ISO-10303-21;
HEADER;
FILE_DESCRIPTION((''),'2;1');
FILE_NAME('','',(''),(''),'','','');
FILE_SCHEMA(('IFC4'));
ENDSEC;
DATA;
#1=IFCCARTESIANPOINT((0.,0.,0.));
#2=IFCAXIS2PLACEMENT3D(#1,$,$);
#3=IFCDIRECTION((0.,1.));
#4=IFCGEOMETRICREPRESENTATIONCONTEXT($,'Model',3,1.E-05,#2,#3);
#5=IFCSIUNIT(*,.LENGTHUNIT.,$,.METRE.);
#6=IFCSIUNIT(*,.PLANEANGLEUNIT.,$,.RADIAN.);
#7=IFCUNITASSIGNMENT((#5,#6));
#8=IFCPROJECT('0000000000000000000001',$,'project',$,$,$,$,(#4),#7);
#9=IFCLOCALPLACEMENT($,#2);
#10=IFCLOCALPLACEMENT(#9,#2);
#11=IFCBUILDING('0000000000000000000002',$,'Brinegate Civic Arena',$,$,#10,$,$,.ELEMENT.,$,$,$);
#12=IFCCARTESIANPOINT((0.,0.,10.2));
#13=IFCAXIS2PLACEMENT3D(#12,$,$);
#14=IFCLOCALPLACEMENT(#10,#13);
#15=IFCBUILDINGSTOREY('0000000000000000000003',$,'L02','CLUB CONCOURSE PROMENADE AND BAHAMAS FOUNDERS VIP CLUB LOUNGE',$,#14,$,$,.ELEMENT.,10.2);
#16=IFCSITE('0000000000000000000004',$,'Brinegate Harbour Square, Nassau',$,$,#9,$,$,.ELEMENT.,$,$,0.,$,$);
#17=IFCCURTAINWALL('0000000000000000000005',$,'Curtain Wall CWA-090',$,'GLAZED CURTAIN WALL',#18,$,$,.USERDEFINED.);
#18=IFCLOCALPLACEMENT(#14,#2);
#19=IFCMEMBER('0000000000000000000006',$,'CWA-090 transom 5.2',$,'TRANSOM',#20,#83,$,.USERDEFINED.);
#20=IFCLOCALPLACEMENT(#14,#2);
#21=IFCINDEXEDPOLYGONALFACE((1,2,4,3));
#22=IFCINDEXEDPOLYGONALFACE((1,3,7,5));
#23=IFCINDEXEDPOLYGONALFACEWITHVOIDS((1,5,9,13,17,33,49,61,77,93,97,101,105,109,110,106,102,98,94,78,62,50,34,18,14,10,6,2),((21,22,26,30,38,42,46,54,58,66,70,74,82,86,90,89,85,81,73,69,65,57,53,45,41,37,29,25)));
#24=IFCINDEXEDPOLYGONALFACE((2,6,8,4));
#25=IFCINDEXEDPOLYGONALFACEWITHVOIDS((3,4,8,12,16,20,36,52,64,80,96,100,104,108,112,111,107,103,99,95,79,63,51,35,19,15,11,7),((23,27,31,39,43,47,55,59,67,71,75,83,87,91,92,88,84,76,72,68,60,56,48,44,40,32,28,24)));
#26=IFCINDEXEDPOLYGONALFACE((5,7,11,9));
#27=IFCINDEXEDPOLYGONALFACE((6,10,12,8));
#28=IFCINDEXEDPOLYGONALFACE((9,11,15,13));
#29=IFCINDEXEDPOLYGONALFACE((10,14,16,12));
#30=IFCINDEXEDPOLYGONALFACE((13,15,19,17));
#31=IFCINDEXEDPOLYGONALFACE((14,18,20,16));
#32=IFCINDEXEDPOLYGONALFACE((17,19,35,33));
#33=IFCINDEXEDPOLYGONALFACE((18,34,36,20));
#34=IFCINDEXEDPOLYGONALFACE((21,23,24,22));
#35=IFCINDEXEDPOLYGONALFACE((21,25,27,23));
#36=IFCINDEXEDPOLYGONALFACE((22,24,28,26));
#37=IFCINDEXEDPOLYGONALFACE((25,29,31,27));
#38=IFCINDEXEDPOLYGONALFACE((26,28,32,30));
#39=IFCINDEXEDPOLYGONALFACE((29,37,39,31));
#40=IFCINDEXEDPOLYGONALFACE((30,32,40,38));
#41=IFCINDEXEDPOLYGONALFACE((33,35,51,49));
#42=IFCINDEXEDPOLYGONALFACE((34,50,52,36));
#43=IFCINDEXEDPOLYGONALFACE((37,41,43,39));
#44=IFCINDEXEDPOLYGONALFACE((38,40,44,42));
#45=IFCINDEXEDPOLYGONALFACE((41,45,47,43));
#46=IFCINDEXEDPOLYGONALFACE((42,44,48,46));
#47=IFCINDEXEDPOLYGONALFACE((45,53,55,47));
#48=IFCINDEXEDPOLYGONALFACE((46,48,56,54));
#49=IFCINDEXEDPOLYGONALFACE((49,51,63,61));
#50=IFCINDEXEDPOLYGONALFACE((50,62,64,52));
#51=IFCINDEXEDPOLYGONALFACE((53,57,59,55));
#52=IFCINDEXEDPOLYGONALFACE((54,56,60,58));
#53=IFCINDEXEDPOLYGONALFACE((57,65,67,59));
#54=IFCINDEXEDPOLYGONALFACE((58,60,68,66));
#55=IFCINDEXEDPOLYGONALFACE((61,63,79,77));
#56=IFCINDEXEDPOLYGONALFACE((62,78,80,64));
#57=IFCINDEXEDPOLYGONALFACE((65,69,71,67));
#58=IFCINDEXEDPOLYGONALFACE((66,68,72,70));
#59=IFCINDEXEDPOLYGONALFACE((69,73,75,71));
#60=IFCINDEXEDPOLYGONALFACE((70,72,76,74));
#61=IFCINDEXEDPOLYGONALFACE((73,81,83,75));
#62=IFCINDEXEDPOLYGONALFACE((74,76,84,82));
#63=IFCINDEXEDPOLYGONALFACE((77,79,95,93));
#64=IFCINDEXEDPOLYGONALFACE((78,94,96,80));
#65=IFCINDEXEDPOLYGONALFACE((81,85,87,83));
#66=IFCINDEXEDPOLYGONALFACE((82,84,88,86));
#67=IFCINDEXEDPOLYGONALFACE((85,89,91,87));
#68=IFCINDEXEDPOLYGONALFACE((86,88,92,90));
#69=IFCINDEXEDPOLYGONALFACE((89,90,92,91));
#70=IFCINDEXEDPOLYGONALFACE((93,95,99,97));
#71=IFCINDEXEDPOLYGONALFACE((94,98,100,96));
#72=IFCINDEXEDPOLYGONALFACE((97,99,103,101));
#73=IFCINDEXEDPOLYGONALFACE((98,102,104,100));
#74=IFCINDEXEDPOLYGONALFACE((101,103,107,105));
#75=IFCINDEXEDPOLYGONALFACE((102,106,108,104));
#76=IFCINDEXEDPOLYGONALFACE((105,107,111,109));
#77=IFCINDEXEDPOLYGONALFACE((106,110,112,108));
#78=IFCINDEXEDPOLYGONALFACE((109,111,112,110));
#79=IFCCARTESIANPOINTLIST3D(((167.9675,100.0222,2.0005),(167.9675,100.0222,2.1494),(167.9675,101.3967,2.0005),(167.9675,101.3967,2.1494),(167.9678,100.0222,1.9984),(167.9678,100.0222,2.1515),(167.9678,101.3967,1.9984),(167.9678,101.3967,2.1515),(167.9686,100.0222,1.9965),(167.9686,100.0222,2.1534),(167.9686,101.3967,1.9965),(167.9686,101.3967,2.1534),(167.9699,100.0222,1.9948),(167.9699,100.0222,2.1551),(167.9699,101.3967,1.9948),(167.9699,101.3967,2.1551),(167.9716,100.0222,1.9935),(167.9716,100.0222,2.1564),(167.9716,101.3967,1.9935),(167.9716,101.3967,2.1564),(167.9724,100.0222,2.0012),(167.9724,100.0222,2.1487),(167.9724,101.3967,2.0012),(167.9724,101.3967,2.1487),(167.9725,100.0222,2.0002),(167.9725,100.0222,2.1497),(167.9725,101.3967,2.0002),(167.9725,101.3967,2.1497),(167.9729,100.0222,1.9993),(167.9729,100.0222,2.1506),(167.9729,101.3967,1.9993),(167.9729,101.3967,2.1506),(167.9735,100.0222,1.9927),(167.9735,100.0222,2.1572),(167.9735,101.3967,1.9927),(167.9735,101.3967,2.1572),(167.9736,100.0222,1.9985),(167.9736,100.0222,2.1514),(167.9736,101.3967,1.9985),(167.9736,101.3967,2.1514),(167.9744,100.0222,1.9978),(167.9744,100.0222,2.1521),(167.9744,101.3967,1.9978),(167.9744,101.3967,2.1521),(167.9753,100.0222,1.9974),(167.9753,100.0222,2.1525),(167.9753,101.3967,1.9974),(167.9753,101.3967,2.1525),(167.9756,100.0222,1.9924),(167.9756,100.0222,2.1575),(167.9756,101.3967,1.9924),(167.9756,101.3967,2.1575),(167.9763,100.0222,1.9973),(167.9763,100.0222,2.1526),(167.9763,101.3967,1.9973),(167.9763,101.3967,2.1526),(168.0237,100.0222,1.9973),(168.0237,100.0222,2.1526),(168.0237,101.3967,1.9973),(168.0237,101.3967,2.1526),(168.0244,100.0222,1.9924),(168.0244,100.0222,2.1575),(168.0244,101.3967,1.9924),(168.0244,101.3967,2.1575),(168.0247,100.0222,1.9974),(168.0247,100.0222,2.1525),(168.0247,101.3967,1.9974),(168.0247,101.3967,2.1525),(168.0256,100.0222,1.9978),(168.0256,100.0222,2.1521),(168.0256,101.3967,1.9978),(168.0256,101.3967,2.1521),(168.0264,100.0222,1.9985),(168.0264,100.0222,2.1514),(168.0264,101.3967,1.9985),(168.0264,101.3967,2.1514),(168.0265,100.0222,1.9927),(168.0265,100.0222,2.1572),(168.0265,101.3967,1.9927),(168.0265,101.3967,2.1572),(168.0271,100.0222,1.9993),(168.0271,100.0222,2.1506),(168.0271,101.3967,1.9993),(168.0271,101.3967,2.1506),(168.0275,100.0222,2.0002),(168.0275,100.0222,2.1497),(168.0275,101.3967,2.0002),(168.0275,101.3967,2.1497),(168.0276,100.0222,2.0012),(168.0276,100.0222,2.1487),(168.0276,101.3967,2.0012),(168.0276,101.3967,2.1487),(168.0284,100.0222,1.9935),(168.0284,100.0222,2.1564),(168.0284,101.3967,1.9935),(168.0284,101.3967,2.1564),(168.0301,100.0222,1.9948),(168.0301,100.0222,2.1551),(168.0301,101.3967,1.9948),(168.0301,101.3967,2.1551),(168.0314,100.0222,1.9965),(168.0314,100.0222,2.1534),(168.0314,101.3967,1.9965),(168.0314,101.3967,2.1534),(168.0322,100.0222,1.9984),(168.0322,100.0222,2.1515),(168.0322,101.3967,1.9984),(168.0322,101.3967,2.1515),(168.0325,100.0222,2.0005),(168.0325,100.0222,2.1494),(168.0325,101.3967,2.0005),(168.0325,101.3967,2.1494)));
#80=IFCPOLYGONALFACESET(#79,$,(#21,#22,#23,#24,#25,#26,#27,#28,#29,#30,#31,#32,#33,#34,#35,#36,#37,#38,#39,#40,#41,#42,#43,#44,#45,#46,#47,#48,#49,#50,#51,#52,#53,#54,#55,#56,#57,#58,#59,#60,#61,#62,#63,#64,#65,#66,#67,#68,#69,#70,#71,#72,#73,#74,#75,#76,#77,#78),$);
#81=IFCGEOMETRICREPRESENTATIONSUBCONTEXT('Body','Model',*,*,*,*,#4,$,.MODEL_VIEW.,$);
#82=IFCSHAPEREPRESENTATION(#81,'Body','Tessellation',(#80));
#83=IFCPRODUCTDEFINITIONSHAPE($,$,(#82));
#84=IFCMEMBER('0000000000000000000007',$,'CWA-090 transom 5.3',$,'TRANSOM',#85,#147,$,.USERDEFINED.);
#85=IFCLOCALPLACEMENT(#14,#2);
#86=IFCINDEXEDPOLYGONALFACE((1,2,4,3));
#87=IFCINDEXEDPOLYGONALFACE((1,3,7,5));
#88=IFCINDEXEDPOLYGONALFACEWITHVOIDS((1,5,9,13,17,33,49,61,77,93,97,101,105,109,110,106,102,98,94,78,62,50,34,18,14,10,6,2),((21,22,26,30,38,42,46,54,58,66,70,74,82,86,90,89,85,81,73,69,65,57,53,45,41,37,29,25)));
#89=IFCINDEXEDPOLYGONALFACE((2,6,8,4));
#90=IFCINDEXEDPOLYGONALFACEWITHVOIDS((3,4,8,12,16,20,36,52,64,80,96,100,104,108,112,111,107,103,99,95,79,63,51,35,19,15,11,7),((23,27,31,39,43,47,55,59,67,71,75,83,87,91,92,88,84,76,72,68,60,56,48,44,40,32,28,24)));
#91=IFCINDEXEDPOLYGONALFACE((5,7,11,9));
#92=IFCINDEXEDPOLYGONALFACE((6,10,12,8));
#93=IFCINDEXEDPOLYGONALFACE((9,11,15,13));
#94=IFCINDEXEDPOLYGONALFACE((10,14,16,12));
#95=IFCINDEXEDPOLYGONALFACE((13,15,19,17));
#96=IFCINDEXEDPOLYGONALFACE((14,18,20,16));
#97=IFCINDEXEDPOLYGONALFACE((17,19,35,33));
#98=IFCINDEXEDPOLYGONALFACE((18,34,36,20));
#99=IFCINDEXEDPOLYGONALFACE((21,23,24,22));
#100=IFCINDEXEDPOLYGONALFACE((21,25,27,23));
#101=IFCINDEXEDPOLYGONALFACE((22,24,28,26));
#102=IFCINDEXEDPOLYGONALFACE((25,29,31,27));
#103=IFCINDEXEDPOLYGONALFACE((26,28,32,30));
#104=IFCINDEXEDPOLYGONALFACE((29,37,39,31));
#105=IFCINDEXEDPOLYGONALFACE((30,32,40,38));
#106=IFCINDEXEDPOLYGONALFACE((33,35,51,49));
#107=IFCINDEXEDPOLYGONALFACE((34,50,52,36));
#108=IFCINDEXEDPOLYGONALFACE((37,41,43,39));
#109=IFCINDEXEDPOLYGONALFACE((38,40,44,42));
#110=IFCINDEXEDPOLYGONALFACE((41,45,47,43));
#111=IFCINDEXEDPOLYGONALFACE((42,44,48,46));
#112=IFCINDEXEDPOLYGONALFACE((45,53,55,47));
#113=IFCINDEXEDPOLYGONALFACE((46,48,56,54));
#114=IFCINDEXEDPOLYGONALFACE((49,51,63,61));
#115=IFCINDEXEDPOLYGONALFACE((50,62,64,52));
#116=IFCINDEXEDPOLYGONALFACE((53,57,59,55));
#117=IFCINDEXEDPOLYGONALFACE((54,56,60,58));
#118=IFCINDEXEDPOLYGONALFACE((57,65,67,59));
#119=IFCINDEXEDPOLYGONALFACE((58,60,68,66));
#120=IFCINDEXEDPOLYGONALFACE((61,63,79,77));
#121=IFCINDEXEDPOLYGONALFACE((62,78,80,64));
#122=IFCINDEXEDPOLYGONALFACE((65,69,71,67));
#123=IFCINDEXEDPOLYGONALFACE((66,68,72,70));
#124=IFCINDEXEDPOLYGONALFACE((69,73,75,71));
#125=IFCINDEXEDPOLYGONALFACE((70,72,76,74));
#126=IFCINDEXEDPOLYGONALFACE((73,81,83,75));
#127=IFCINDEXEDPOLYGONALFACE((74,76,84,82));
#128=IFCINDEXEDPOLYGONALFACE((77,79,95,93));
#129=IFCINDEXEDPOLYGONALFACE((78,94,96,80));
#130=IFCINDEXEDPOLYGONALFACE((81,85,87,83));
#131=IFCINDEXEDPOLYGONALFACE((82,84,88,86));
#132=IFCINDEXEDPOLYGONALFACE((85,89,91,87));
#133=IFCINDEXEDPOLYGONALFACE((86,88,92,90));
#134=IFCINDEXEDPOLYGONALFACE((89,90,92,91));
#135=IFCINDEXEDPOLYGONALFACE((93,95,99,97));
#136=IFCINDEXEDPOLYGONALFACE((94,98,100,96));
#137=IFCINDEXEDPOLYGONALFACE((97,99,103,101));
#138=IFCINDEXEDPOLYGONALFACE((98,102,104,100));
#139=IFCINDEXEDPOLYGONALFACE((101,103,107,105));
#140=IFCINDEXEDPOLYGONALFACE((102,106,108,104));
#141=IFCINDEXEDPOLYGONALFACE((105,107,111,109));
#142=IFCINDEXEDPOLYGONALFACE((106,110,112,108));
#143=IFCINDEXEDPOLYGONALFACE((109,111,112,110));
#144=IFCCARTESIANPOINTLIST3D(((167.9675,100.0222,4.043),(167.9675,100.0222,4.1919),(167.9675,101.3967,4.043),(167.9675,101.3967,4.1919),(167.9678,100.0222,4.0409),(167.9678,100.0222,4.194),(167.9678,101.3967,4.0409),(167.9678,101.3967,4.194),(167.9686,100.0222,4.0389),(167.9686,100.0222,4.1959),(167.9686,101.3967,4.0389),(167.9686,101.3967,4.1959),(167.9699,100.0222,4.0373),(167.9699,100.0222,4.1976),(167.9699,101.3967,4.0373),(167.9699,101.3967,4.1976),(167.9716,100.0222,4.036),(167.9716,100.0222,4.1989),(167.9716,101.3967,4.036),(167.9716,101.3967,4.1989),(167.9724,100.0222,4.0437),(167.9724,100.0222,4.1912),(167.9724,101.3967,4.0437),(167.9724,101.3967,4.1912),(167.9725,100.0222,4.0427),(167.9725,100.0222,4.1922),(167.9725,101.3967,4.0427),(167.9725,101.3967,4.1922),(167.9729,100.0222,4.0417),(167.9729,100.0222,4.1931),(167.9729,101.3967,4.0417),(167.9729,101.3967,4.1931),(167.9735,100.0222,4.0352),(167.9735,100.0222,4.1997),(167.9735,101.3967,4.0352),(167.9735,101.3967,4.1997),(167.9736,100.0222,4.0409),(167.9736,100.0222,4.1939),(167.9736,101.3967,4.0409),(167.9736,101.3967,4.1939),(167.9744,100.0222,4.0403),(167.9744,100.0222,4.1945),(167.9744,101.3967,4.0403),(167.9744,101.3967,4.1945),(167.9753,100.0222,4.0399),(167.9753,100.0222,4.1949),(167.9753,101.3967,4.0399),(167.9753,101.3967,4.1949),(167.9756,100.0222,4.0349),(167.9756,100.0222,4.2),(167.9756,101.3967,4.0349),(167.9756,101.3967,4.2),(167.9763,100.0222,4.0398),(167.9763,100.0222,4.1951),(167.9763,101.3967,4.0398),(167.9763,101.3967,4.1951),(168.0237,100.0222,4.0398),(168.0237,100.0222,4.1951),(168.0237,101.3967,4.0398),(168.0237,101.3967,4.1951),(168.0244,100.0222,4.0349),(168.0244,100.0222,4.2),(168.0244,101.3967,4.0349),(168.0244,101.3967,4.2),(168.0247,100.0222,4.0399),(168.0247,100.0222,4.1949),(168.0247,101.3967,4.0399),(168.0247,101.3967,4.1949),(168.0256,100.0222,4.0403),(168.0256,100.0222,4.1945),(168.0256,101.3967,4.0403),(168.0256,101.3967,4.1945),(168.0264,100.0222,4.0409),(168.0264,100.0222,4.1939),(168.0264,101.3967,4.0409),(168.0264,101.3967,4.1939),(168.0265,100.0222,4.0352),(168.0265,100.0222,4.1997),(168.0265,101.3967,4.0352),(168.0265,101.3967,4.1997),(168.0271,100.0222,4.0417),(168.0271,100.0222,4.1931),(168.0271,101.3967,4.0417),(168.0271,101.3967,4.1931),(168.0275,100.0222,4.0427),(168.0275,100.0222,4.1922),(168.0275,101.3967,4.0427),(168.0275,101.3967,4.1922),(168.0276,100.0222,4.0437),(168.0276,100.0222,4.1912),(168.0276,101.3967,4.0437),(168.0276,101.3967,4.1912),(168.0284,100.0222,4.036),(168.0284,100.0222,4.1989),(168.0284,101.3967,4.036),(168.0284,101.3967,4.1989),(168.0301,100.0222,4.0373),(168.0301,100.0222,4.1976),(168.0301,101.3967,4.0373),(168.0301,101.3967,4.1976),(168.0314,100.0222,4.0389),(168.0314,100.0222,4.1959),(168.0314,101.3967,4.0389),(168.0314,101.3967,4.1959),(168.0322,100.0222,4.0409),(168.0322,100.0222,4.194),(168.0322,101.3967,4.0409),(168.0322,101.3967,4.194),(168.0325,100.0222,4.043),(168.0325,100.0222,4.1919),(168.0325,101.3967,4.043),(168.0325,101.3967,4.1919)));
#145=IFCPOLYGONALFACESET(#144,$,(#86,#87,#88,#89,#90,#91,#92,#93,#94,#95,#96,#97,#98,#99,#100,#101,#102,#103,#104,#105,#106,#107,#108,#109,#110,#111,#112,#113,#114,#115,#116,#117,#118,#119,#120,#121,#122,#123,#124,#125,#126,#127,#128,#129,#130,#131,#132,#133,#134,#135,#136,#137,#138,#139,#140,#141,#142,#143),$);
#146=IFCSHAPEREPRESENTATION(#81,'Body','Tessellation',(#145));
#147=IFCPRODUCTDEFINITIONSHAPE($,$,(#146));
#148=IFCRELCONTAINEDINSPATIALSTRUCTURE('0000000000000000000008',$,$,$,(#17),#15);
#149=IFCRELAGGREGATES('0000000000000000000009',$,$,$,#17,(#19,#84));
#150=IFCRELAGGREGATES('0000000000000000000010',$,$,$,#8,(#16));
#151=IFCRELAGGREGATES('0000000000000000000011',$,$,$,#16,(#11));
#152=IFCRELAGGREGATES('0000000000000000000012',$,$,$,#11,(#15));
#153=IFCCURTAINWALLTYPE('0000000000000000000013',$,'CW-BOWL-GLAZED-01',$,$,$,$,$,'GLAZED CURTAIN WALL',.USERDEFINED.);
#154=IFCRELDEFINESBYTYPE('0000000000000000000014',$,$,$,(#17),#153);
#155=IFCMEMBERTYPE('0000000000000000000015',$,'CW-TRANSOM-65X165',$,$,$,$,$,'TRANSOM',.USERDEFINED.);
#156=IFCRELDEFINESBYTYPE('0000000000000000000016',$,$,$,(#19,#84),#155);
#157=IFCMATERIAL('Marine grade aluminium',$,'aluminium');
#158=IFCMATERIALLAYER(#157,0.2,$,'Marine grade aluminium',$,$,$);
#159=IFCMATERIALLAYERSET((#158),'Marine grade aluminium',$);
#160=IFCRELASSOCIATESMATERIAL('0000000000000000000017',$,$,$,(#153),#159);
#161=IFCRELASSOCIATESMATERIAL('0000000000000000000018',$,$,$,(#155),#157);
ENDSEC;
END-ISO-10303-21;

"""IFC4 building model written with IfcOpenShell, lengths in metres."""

from ifc_helpers import new_model, si_unit, direction, frame, origin, origin_2d, place, context, subcontext, project, spatial, hollow_rectangle, extrude, material, layer, layer_set, material_profile, profile_set, type_object, element, aggregate, save


model = new_model("IFC4")

# Units and contexts
model_context = context("Model", 3, precision=1e-05, world=origin(), true_north=direction((0.0, 1.0)))
body_context = subcontext(model_context, "Body", "Model", "MODEL_VIEW")
ifc_project = project(units=[si_unit("LENGTHUNIT", "METRE"), si_unit("PLANEANGLEUNIT", "RADIAN")], contexts=[model_context])

# Site, building, storey
site_placement = place(None, origin())
site = spatial("IfcSite", under=ifc_project, at=site_placement, Name="Brinegate Harbour Square, Nassau", CompositionType="ELEMENT", RefElevation=0.0)
building_placement = place(site_placement, origin())
building = spatial("IfcBuilding", under=site, at=building_placement, Name="Brinegate Civic Arena", CompositionType="ELEMENT")
storey_placement = place(building_placement, frame((0.0, 0.0, 10.2)))
storey = spatial("IfcBuildingStorey", under=building, at=storey_placement, Name="L02", Description="CLUB CONCOURSE PROMENADE AND BAHAMAS FOUNDERS VIP CLUB LOUNGE", CompositionType="ELEMENT", Elevation=10.2)

# Shared definitions
ifc_material_1 = material(Name="Marine grade aluminium", Category="aluminium")
ifc_layer_1 = layer(ifc_material_1, 0.2, Name="Marine grade aluminium")
ifc_layer_set_1 = layer_set([ifc_layer_1], Name="Marine grade aluminium")
curtain_wall_type = type_object("IfcCurtainWallType", Name="CW-BOWL-GLAZED-01", ElementType="GLAZED CURTAIN WALL", PredefinedType="USERDEFINED", material=ifc_layer_set_1)

# Curtain wall, members
curtain_wall_1_placement = place(storey_placement, origin())
curtain_wall_1 = element("IfcCurtainWall", 1, at=curtain_wall_1_placement, inside=storey, type_object=curtain_wall_type, Name="Curtain Wall CWA-090", ObjectType="GLAZED CURTAIN WALL", PredefinedType="USERDEFINED")
ifc_material_profile_1 = material_profile(ifc_material_1, hollow_rectangle(XDim=0.0649, YDim=0.165, WallThickness=0.0049, InnerFilletRadius=0.0039, OuterFilletRadius=0.0081, at=origin_2d()), Name="TRN65X165")
ifc_profile_set_1 = profile_set([ifc_material_profile_1], Name="Marine grade aluminium")
member_type_1 = type_object("IfcMemberType", Name="CW-TRANSOM-65X165", ElementType="TRANSOM", PredefinedType="USERDEFINED", material=ifc_profile_set_1)
member_1_placement = place(storey_placement, frame((168.0, 100.0222, 2.075), z_axis=(0.0, 1.0, 0.0), x_axis=(-1.0, 0.0, 0.0)))
member_1 = element("IfcMember", 2, at=member_1_placement, type_object=member_type_1, Name="CWA-090 transom 5.2", ObjectType="TRANSOM", PredefinedType="USERDEFINED", context=body_context, shape_type="SweptSolid", body=[
    extrude(hollow_rectangle(XDim=0.0649, YDim=0.165, WallThickness=0.0049, InnerFilletRadius=0.0039, OuterFilletRadius=0.0081, at=origin_2d()), origin(), (0.0, 0.0, 1.0), 1.3745),
])
member_2_placement = place(storey_placement, frame((168.0, 100.0222, 4.1174), z_axis=(0.0, 1.0, 0.0), x_axis=(-1.0, 0.0, 0.0)))
member_2 = element("IfcMember", 3, at=member_2_placement, type_object=member_type_1, Name="CWA-090 transom 5.3", ObjectType="TRANSOM", PredefinedType="USERDEFINED", context=body_context, shape_type="SweptSolid", body=[
    extrude(hollow_rectangle(XDim=0.0649, YDim=0.165, WallThickness=0.0049, InnerFilletRadius=0.0039, OuterFilletRadius=0.0081, at=origin_2d()), origin(), (0.0, 0.0, 1.0), 1.3745),
])

aggregate(curtain_wall_1, [member_1, member_2])

save(model, "model.ifc")
